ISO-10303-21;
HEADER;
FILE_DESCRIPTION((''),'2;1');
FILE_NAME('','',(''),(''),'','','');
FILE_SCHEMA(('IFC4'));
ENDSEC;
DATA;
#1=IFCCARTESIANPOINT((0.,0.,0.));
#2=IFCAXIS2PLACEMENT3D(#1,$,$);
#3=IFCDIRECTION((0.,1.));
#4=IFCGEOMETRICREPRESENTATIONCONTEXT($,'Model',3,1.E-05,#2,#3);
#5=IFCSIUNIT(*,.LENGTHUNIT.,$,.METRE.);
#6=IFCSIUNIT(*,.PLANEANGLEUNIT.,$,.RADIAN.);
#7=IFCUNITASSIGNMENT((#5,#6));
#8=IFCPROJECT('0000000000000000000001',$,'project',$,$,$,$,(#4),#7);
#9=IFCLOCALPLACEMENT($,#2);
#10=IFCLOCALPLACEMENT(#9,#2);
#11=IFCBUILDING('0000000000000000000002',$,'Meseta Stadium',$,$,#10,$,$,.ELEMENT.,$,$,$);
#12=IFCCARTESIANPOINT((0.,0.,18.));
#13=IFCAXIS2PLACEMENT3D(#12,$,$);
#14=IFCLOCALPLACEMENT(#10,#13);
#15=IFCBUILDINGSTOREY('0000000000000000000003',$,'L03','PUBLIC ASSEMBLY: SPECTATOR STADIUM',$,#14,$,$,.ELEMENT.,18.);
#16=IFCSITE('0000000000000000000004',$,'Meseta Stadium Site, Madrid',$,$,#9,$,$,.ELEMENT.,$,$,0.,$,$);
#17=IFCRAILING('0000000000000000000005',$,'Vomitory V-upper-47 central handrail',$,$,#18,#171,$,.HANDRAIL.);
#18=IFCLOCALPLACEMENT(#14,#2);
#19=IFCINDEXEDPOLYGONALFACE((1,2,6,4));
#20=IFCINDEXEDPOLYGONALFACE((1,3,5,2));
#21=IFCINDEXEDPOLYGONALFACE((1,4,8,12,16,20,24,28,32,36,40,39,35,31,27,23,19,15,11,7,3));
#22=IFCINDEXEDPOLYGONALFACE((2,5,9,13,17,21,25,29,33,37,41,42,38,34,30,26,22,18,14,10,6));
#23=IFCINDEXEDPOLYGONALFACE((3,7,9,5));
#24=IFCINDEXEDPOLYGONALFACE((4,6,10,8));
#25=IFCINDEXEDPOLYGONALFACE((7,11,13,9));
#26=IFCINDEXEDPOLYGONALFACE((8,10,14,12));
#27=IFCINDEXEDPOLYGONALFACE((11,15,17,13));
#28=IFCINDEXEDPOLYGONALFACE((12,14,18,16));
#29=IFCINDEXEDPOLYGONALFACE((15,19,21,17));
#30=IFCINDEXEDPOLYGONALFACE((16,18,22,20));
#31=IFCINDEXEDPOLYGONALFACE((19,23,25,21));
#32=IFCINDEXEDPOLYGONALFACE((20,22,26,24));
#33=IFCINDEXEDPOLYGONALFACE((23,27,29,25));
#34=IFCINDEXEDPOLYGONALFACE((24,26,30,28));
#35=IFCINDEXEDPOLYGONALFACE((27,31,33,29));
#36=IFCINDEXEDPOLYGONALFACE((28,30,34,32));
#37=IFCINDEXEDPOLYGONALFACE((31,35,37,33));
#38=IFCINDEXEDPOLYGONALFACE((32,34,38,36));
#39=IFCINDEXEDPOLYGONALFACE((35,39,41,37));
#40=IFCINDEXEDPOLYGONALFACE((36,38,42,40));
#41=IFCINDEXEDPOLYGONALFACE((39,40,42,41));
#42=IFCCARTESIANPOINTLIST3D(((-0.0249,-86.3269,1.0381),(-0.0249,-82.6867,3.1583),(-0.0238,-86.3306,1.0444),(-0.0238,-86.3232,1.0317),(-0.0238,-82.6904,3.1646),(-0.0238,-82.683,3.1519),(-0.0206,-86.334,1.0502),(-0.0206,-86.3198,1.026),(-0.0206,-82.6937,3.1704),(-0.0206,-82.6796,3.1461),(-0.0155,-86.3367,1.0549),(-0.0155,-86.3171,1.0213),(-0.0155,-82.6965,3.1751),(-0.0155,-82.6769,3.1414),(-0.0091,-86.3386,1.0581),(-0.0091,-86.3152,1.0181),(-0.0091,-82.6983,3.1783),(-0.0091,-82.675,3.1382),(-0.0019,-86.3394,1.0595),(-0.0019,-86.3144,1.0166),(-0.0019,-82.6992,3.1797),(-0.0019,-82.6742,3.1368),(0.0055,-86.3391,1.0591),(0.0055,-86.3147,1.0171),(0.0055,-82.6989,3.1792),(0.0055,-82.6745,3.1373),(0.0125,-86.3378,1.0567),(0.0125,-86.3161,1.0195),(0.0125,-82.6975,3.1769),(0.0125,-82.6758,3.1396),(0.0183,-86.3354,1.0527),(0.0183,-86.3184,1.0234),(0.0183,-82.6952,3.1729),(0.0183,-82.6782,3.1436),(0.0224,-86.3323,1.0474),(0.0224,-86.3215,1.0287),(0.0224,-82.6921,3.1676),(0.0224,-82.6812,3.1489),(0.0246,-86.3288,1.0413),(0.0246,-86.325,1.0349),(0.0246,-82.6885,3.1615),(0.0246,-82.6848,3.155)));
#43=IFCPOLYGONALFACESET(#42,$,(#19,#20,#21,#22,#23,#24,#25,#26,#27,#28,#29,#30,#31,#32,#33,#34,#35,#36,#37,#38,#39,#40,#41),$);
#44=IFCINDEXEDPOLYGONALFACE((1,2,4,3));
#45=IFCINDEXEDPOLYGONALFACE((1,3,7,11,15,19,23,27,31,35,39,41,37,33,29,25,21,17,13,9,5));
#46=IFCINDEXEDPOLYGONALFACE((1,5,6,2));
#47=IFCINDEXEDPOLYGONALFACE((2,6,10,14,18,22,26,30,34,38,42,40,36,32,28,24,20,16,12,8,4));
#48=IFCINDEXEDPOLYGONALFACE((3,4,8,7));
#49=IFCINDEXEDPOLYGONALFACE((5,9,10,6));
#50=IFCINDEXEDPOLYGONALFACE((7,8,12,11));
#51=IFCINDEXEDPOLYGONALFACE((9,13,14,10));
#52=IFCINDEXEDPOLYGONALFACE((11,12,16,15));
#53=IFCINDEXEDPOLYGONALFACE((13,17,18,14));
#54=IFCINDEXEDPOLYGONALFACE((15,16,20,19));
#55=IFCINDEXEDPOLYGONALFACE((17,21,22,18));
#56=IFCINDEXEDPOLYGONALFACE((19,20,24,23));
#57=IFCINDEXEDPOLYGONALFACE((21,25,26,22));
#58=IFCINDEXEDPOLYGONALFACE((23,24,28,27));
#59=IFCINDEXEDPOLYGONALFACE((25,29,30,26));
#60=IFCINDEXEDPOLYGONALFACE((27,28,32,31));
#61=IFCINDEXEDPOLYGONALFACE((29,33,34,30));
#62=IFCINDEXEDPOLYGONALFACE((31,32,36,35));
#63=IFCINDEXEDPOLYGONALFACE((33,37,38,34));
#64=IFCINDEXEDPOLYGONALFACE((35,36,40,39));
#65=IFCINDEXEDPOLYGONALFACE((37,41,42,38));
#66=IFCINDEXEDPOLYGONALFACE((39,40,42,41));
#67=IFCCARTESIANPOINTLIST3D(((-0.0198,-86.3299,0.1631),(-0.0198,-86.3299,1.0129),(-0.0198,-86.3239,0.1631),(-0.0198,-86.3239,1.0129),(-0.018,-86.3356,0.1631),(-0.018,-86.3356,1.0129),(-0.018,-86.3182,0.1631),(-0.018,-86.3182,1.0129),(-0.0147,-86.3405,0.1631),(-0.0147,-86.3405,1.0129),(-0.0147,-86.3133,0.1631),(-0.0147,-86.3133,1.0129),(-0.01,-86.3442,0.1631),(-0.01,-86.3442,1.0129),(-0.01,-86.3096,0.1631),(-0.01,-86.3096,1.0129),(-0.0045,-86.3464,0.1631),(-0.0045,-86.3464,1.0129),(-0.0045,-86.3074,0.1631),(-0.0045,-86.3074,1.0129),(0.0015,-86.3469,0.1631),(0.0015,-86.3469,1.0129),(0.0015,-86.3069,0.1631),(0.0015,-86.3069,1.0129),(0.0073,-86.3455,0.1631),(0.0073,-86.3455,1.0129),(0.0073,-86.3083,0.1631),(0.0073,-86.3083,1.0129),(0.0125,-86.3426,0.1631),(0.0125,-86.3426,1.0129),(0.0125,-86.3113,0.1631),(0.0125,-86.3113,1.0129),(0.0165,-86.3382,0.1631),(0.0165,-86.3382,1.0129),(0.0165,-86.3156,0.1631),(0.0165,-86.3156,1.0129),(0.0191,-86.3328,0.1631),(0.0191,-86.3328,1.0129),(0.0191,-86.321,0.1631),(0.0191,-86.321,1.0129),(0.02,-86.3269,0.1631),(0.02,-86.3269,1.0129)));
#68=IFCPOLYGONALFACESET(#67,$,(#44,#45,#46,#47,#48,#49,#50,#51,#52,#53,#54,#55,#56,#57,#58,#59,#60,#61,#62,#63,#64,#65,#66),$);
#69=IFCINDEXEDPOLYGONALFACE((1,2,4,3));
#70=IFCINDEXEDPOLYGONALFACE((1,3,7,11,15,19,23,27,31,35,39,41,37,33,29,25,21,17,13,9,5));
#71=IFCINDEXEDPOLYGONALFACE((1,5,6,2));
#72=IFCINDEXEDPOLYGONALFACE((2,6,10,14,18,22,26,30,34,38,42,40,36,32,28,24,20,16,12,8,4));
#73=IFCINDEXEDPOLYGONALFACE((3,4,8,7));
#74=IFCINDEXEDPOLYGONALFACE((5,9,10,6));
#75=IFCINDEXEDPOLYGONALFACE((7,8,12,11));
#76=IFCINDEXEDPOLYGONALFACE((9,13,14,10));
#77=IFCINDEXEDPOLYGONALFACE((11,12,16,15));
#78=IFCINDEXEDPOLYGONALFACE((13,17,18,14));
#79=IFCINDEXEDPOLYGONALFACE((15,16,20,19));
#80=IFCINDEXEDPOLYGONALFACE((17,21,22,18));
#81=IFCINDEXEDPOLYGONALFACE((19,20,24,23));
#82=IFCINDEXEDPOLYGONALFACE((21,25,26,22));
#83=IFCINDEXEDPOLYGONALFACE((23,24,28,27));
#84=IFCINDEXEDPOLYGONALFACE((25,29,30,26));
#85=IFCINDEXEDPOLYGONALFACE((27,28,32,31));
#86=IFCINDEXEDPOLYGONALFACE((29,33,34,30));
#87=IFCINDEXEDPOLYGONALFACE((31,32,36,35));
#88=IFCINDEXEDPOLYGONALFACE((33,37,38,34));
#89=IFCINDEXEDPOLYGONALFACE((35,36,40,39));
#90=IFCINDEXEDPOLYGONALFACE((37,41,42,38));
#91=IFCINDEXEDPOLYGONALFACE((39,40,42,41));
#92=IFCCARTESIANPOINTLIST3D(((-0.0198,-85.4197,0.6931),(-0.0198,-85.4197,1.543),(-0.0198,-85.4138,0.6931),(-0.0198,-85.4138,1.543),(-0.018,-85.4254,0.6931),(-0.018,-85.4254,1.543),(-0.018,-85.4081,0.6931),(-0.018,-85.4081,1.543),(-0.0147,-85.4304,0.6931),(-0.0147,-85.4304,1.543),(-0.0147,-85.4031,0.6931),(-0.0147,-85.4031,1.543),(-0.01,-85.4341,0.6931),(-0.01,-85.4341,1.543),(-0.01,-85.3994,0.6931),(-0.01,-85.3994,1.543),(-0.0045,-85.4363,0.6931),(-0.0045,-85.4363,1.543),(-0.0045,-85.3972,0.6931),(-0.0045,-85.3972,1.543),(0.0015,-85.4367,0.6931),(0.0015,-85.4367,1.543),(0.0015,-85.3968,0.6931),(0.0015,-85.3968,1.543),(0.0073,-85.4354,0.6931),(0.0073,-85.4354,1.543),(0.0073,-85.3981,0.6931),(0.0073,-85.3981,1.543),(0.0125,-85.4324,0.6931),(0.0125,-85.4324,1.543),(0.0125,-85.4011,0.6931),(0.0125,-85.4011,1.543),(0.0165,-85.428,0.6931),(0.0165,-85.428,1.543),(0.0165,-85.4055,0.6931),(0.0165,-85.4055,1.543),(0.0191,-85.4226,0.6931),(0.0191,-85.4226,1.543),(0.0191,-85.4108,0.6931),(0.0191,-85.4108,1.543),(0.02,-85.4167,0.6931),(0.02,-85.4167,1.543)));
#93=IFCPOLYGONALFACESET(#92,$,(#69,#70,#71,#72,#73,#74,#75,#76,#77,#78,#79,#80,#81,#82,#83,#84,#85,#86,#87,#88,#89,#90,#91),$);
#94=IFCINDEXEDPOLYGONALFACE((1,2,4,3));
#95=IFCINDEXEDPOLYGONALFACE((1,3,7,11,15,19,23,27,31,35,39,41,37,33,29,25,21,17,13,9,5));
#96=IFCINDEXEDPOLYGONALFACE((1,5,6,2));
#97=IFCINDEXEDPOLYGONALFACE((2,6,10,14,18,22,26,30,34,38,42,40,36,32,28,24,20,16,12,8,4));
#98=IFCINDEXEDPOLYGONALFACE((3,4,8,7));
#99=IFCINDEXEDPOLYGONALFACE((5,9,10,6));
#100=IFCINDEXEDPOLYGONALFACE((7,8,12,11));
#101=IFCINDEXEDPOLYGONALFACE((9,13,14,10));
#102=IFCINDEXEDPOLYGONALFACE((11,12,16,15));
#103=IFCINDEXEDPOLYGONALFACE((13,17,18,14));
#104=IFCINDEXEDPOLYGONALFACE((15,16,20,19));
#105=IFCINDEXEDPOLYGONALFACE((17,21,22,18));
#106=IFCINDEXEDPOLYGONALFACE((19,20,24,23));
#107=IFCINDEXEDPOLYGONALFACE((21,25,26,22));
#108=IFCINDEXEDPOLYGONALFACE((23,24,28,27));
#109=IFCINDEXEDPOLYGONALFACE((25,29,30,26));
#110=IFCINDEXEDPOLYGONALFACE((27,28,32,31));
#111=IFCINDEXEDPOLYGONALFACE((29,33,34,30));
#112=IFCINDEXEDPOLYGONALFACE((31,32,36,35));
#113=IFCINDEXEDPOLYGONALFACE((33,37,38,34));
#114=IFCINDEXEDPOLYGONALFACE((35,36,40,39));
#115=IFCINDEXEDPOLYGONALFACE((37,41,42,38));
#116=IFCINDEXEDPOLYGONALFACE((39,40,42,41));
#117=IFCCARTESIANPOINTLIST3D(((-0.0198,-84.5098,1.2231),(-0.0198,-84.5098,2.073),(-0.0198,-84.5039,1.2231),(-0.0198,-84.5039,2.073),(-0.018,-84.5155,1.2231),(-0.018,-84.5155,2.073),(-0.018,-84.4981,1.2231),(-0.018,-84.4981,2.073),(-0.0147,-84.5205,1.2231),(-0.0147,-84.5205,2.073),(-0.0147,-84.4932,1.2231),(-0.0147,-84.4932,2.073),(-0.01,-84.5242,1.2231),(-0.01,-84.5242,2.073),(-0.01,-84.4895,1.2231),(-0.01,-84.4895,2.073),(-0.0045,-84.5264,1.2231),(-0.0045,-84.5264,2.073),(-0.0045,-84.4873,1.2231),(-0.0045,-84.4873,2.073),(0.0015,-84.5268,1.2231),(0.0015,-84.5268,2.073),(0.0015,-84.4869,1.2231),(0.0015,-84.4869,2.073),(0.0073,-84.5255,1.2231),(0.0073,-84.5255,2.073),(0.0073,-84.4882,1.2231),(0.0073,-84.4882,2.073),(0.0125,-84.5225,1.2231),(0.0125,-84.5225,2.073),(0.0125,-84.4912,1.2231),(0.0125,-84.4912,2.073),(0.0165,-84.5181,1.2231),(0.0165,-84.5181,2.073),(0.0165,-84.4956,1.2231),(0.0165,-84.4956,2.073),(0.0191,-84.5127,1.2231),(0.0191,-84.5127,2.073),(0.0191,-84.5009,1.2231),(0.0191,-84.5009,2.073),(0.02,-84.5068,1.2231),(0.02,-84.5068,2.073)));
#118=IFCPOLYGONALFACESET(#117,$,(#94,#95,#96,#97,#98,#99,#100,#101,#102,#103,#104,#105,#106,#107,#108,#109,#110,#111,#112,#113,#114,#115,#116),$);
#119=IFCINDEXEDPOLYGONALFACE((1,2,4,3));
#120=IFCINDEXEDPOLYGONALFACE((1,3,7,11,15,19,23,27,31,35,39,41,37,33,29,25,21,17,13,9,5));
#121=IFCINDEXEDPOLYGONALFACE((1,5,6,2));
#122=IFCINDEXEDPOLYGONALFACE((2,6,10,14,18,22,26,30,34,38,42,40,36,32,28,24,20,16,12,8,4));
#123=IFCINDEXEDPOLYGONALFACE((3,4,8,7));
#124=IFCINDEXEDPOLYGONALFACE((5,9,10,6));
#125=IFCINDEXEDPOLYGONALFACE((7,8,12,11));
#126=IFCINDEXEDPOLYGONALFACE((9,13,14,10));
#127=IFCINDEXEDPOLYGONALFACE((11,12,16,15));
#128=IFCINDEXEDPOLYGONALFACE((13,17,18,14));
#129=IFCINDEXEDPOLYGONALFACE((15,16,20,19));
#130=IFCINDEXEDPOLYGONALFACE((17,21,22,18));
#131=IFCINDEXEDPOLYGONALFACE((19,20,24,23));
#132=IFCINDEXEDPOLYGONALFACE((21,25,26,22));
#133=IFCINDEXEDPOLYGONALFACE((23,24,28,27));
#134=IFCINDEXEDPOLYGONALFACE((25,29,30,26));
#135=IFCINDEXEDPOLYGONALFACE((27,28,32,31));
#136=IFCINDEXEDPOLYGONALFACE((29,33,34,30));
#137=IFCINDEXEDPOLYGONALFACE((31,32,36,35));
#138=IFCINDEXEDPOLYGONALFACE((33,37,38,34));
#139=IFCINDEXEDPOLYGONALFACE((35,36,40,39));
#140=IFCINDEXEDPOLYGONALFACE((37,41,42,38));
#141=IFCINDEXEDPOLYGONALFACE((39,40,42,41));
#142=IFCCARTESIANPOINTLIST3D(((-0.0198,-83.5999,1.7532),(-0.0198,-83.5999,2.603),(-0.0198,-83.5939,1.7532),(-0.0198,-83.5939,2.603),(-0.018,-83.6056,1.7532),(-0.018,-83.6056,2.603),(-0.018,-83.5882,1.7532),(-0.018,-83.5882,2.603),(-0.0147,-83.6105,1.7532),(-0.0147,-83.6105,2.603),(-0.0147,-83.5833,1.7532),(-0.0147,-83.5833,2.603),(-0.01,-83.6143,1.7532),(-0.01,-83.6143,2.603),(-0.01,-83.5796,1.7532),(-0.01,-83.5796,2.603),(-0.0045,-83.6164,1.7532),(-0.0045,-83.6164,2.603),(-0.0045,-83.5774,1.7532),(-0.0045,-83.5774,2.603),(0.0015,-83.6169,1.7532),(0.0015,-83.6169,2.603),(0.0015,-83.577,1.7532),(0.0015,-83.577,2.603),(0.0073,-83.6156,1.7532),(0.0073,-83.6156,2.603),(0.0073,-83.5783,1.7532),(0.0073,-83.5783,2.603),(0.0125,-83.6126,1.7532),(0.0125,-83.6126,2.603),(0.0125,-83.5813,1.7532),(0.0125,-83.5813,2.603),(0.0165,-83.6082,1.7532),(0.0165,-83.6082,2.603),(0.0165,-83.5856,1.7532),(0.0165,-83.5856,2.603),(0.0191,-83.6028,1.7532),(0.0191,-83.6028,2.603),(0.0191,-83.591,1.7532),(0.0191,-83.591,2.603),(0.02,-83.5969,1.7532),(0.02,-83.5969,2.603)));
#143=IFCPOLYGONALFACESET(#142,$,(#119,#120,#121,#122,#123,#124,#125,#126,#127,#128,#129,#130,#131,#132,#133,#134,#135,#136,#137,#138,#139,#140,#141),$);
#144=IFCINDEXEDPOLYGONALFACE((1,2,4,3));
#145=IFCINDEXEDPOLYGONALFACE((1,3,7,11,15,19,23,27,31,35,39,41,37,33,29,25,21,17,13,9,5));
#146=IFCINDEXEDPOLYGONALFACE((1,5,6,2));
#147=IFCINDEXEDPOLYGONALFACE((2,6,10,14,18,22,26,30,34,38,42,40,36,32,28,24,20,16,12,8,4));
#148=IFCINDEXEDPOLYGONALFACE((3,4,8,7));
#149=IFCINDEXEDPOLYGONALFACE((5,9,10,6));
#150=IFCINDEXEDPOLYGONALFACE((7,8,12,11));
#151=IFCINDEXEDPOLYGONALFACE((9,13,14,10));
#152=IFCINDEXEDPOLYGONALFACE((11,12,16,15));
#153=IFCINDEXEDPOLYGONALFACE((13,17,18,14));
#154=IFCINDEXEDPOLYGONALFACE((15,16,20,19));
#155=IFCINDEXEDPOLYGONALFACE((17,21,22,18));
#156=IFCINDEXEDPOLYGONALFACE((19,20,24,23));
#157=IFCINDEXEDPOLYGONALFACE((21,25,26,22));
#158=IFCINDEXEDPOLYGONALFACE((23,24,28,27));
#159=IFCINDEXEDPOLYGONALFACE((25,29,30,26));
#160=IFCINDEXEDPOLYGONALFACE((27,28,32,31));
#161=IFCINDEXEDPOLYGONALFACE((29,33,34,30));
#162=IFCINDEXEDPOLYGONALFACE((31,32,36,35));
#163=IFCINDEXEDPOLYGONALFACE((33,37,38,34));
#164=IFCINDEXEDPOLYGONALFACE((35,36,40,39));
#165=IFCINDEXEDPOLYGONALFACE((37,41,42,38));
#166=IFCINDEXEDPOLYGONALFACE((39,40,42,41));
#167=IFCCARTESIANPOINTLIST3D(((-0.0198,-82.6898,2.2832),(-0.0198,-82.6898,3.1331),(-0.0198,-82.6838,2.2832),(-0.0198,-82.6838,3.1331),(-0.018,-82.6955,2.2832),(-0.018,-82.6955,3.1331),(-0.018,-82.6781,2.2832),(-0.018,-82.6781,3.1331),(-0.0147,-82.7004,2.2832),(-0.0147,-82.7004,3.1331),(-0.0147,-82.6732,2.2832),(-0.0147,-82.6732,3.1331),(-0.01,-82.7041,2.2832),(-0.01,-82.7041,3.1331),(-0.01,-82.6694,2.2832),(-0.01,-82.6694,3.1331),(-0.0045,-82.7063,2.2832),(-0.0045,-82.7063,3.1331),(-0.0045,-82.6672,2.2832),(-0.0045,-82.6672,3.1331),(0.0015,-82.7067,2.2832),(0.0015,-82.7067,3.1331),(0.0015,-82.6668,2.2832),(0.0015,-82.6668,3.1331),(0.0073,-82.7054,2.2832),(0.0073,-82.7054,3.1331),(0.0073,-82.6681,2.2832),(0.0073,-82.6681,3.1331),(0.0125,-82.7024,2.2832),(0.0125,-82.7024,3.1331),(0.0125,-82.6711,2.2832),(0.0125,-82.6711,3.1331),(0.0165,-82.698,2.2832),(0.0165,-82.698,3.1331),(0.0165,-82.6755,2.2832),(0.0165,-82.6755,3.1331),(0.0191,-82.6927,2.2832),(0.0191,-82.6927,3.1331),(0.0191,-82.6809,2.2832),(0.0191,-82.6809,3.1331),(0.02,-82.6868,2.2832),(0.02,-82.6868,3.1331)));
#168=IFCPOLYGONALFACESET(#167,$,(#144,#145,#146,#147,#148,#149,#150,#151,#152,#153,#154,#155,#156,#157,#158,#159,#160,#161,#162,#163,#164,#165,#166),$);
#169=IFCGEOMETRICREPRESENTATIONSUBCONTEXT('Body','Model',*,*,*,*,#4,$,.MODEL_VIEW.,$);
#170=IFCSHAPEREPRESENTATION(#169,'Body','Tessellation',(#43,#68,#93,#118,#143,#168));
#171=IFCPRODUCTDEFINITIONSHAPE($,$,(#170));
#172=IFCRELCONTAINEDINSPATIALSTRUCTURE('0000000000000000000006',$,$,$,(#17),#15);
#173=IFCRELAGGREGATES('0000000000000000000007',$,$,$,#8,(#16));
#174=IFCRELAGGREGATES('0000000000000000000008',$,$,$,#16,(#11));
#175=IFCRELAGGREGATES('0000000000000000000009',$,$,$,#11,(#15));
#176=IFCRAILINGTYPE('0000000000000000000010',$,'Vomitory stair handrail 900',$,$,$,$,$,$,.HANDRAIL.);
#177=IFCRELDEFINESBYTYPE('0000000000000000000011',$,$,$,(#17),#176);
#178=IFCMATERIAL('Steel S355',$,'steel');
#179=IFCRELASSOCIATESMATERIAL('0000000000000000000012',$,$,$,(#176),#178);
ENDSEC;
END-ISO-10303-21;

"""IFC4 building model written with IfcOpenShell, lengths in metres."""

from ifc_helpers import new_model, si_unit, direction, frame, origin, origin_2d, place, context, subcontext, project, spatial, circle, extrude, material, type_object, element, save


model = new_model("IFC4")

# Units and contexts
model_context = context("Model", 3, precision=1e-05, world=origin(), true_north=direction((0.0, 1.0)))
body_context = subcontext(model_context, "Body", "Model", "MODEL_VIEW")
ifc_project = project(units=[si_unit("LENGTHUNIT", "METRE"), si_unit("PLANEANGLEUNIT", "RADIAN")], contexts=[model_context])

# Site, building, storey
site_placement = place(None, origin())
site = spatial("IfcSite", under=ifc_project, at=site_placement, Name="Meseta Stadium Site, Madrid", CompositionType="ELEMENT", RefElevation=0.0)
building_placement = place(site_placement, origin())
building = spatial("IfcBuilding", under=site, at=building_placement, Name="Meseta Stadium", CompositionType="ELEMENT")
storey_placement = place(building_placement, frame((0.0, 0.0, 18.0)))
storey = spatial("IfcBuildingStorey", under=building, at=storey_placement, Name="L03", Description="PUBLIC ASSEMBLY: SPECTATOR STADIUM", CompositionType="ELEMENT", Elevation=18.0)

# Railing
ifc_material_1 = material(Name="Steel S355", Category="steel")
railing_type_1 = type_object("IfcRailingType", Name="Vomitory stair handrail 900", PredefinedType="HANDRAIL", material=ifc_material_1)
railing_1_placement = place(storey_placement, frame((0.0, -86.3269, 0.1631)))
element("IfcRailing", 1, at=railing_1_placement, inside=storey, type_object=railing_type_1, Name="Vomitory V-upper-47 central handrail", PredefinedType="HANDRAIL", context=body_context, shape_type="SweptSolid", body=[
    extrude(circle(Radius=0.0249, at=origin_2d()), frame((0.0, 0.0, 0.875), z_axis=(0.0, 0.864119, 0.503287), x_axis=(-1.0, 0.0, 0.0)), (0.0, 0.0, 1.0), 4.2126),
    extrude(circle(Radius=0.02, at=origin_2d()), origin(), (0.0, 0.0, 1.0), 0.8499),
    extrude(circle(Radius=0.02, at=origin_2d()), frame((0.0, 0.9102, 0.53)), (0.0, 0.0, 1.0), 0.8499),
    extrude(circle(Radius=0.02, at=origin_2d()), frame((0.0, 1.8201, 1.0601)), (0.0, 0.0, 1.0), 0.8499),
    extrude(circle(Radius=0.02, at=origin_2d()), frame((0.0, 2.73, 1.5901)), (0.0, 0.0, 1.0), 0.8499),
    extrude(circle(Radius=0.02, at=origin_2d()), frame((0.0, 3.6401, 2.1201)), (0.0, 0.0, 1.0), 0.8499),
])

save(model, "model.ifc")
